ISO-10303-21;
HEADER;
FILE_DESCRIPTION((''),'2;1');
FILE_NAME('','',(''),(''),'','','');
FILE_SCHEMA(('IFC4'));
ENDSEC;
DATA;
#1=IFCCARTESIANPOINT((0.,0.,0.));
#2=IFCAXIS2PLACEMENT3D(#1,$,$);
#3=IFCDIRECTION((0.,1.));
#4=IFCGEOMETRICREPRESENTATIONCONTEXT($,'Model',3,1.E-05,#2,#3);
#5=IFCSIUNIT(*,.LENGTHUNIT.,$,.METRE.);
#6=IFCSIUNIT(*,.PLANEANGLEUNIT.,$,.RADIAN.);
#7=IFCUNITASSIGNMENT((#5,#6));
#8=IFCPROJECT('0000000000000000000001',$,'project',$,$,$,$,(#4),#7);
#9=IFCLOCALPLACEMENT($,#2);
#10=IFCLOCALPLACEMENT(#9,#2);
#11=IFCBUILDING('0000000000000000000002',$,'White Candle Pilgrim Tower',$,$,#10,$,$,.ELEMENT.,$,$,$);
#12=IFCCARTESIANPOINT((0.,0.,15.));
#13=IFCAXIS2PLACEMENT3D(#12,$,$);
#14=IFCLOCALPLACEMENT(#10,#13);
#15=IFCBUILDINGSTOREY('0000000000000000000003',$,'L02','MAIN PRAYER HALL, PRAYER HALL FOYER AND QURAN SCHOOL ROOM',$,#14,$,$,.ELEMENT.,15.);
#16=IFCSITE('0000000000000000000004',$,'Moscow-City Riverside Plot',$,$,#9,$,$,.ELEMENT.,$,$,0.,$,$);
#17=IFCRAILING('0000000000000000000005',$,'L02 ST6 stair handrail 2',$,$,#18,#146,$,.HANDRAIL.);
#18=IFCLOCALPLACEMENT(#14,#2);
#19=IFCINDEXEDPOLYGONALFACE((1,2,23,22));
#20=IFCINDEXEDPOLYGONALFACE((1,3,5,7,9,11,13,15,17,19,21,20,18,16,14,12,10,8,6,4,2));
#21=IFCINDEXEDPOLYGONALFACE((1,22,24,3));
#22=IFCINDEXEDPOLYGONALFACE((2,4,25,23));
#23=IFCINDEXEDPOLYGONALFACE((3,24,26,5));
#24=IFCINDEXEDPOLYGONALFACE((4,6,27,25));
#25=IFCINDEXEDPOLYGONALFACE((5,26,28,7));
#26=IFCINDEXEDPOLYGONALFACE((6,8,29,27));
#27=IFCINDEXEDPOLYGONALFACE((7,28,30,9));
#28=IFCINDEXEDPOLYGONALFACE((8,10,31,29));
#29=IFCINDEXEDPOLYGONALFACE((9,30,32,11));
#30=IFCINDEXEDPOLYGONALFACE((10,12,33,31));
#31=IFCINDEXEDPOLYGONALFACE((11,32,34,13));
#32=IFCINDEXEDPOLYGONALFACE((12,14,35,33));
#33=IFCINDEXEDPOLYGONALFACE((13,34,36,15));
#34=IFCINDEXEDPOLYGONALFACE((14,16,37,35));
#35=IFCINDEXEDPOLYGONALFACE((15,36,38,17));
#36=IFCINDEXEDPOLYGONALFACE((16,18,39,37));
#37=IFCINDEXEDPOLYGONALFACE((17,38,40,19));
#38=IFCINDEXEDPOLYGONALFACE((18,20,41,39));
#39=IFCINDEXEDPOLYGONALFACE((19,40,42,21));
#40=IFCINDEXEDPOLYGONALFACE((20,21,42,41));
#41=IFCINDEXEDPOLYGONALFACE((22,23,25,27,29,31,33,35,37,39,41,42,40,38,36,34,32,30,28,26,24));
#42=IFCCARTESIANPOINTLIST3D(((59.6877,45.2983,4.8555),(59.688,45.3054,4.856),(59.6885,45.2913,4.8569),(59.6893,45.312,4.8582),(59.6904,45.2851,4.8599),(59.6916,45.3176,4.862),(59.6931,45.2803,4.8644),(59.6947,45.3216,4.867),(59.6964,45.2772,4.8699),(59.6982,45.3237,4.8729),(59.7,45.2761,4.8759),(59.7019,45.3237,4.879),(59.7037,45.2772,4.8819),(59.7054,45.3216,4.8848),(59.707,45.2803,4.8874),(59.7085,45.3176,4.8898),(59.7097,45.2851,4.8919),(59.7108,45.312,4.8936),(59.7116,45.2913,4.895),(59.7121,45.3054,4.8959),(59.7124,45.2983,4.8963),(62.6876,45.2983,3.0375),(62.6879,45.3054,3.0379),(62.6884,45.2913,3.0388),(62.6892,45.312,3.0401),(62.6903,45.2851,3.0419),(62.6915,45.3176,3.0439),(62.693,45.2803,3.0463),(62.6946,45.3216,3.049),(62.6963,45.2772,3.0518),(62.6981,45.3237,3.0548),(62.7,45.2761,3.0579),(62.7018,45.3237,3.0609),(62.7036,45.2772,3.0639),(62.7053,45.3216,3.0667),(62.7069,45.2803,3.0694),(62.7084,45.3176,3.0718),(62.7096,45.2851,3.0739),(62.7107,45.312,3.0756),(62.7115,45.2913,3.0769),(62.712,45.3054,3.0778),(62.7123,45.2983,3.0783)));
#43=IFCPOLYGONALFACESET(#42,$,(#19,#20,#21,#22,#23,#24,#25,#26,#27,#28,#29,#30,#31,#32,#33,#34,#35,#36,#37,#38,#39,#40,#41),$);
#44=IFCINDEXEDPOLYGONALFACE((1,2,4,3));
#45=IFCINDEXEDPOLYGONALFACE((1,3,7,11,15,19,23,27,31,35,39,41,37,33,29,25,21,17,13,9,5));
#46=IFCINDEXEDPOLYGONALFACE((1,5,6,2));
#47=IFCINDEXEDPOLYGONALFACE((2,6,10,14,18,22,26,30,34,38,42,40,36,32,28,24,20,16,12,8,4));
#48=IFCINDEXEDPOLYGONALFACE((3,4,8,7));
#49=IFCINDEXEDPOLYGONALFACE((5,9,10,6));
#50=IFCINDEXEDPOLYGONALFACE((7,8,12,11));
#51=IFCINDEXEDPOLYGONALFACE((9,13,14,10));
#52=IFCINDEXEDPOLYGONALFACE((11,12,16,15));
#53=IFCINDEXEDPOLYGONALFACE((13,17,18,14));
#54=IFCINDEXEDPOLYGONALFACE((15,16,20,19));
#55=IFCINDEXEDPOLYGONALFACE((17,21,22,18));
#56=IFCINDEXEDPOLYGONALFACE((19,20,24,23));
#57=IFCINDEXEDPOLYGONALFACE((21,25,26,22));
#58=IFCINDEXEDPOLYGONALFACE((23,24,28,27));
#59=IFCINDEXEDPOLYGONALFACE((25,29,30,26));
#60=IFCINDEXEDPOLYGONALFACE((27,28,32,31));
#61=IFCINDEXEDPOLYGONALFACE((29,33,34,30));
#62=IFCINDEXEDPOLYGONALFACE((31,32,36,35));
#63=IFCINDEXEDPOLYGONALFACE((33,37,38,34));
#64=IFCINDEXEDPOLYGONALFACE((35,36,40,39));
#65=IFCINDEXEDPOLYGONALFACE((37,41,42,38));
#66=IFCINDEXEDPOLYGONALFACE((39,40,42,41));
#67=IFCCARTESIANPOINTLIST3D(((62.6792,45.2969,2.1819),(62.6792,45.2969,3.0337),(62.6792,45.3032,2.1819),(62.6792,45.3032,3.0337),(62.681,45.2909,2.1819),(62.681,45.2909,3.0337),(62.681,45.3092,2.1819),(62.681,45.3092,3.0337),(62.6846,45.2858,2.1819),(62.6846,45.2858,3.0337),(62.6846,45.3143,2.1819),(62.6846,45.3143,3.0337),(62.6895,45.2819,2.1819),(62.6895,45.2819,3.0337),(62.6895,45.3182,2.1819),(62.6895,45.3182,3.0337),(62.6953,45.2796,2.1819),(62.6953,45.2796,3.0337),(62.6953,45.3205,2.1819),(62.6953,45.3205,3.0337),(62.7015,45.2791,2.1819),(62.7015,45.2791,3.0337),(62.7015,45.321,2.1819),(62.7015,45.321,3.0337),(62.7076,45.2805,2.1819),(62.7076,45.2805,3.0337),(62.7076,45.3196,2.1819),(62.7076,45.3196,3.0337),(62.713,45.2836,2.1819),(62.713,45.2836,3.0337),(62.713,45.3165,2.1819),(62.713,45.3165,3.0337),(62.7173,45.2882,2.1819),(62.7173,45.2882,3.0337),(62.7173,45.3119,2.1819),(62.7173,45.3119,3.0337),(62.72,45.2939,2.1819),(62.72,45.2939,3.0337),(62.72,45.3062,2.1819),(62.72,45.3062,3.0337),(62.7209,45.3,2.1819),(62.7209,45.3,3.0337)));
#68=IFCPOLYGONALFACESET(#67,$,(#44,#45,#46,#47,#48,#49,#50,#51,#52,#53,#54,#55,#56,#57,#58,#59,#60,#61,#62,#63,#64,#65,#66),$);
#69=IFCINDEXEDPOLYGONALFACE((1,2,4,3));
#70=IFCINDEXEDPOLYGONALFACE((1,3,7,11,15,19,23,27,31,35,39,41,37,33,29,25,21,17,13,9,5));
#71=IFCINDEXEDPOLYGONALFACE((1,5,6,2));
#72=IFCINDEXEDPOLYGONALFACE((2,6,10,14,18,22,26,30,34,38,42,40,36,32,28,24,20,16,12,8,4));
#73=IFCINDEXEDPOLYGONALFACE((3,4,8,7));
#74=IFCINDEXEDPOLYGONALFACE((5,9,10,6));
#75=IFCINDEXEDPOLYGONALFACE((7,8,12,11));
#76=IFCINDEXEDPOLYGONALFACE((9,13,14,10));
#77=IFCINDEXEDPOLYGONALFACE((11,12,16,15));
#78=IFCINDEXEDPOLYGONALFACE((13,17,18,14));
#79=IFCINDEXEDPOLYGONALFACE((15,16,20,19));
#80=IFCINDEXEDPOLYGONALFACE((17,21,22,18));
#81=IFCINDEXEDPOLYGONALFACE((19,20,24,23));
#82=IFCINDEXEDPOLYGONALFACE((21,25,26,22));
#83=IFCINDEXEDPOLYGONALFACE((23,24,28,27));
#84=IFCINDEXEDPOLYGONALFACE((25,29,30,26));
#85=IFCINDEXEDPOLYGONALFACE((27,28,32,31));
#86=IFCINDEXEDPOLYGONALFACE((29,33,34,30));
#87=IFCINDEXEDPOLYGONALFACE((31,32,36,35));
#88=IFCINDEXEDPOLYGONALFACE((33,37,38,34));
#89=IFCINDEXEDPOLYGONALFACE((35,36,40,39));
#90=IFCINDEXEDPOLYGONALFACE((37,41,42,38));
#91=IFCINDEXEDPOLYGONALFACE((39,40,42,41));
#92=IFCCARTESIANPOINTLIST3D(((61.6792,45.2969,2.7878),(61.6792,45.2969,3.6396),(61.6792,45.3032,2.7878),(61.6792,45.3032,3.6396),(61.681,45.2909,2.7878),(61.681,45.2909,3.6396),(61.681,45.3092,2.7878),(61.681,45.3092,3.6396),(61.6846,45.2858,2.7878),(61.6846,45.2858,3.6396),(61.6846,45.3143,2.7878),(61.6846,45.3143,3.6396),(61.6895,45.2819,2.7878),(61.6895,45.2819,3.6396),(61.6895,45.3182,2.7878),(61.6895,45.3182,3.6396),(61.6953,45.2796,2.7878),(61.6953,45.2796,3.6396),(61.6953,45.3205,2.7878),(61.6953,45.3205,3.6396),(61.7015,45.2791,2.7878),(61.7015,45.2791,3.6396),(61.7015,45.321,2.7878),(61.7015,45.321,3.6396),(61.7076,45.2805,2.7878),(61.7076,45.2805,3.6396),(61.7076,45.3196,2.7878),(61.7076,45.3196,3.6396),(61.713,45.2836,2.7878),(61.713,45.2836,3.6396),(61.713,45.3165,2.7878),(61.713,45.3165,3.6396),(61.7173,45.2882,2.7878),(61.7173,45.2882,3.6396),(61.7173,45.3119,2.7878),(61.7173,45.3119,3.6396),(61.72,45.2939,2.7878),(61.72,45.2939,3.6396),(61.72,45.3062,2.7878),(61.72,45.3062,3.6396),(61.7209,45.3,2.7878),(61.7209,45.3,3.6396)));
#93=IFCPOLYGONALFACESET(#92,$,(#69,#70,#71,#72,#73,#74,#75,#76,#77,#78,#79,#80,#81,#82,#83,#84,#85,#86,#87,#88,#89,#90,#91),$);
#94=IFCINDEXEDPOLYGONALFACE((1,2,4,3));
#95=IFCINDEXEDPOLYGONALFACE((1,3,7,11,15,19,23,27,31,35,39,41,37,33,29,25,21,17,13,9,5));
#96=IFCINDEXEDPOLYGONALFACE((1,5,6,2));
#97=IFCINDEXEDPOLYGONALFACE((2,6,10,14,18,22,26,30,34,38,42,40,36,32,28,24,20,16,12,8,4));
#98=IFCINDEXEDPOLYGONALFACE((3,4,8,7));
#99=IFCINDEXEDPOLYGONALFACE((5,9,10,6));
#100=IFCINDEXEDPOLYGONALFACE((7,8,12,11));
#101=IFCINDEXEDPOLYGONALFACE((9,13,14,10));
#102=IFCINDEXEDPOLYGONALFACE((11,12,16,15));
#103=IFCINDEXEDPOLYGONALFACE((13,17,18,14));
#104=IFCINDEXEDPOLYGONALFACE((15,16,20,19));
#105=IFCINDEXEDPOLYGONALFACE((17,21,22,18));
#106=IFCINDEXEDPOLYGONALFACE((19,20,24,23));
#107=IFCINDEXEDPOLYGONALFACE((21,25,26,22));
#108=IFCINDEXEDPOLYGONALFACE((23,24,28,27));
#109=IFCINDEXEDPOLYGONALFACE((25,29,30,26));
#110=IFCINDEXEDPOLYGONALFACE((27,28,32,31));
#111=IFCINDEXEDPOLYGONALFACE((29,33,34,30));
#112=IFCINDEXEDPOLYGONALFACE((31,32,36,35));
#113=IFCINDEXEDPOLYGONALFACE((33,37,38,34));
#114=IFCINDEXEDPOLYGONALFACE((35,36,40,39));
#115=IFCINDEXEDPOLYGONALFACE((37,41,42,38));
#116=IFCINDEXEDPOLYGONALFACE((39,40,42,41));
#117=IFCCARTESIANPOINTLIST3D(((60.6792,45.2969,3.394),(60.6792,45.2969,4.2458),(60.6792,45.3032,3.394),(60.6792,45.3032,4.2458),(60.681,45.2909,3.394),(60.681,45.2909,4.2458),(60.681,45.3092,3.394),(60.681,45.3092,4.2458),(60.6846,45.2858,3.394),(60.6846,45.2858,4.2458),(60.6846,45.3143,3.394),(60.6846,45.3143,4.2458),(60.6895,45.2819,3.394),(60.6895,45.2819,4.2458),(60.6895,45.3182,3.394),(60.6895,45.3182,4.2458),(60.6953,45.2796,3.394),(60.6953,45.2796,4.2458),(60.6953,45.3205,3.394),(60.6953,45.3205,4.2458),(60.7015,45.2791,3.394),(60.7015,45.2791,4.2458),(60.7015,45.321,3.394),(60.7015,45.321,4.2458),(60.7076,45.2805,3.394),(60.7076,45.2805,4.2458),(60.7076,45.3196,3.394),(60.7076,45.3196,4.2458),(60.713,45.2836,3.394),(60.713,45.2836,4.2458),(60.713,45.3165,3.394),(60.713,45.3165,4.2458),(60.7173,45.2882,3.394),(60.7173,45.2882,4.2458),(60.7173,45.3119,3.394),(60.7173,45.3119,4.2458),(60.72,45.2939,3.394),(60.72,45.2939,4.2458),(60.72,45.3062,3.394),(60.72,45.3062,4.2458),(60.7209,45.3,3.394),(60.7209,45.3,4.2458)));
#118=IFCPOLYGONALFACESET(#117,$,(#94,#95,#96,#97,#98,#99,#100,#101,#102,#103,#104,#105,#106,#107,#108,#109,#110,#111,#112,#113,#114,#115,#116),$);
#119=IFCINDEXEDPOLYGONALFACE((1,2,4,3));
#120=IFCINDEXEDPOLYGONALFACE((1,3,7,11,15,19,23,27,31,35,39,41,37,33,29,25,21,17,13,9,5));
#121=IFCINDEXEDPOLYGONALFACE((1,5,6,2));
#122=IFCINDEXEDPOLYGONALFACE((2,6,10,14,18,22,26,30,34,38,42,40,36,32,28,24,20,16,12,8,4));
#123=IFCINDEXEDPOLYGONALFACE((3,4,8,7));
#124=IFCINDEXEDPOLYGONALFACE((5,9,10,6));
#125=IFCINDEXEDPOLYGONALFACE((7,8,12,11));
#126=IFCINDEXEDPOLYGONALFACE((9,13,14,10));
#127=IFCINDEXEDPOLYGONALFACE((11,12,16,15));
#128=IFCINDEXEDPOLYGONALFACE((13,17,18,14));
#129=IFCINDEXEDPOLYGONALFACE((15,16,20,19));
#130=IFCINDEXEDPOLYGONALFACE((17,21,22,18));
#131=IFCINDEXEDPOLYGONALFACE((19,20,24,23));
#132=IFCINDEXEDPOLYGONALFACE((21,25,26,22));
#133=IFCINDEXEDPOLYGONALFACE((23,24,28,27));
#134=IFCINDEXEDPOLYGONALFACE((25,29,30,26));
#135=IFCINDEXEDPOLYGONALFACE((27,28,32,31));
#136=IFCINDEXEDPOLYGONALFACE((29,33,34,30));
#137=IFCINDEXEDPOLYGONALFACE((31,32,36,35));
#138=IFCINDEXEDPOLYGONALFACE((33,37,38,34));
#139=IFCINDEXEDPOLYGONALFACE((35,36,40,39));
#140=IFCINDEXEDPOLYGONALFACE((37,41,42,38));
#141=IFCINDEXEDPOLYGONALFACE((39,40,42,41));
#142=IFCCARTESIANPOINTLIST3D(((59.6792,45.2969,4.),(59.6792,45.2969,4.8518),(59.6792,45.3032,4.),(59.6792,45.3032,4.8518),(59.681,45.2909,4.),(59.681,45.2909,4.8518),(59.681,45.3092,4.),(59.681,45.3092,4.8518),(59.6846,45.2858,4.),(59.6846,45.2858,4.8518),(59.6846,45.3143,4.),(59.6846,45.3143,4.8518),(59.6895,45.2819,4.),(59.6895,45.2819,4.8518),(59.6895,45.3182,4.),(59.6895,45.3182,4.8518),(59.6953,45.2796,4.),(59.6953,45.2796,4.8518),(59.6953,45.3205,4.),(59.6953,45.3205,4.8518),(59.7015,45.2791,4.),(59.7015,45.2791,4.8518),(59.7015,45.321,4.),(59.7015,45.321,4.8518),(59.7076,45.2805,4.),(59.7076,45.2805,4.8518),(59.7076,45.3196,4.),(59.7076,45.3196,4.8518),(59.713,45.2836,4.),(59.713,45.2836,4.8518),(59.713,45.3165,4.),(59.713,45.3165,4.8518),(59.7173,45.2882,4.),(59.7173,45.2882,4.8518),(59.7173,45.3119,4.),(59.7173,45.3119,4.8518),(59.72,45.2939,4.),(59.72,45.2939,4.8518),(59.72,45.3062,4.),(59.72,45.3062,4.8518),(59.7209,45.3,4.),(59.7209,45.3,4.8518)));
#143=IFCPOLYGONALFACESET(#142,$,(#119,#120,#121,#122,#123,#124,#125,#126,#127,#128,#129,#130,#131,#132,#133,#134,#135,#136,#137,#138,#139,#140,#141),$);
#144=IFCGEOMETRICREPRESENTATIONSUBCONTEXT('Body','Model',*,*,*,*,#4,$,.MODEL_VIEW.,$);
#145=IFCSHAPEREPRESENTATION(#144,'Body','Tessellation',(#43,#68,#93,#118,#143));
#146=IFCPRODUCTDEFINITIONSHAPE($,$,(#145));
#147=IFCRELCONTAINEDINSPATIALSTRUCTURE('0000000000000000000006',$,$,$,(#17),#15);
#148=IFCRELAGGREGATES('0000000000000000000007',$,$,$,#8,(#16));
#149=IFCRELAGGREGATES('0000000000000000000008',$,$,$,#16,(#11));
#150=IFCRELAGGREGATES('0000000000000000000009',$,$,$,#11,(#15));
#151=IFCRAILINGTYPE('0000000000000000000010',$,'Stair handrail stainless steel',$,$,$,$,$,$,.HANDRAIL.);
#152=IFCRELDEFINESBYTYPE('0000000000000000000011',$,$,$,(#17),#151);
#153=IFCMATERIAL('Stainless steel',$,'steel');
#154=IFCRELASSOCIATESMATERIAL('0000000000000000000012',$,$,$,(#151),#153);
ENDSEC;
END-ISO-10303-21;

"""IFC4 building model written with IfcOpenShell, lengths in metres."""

from ifc_helpers import new_model, si_unit, direction, frame, origin, origin_2d, place, context, subcontext, project, spatial, circle, extrude, material, type_object, element, save


model = new_model("IFC4")

# Units and contexts
model_context = context("Model", 3, precision=1e-05, world=origin(), true_north=direction((0.0, 1.0)))
body_context = subcontext(model_context, "Body", "Model", "MODEL_VIEW")
ifc_project = project(units=[si_unit("LENGTHUNIT", "METRE"), si_unit("PLANEANGLEUNIT", "RADIAN")], contexts=[model_context])

# Site, building, storey
site_placement = place(None, origin())
site = spatial("IfcSite", under=ifc_project, at=site_placement, Name="Moscow-City Riverside Plot", CompositionType="ELEMENT", RefElevation=0.0)
building_placement = place(site_placement, origin())
building = spatial("IfcBuilding", under=site, at=building_placement, Name="White Candle Pilgrim Tower", CompositionType="ELEMENT")
storey_placement = place(building_placement, frame((0.0, 0.0, 15.0)))
storey = spatial("IfcBuildingStorey", under=building, at=storey_placement, Name="L02", Description="MAIN PRAYER HALL, PRAYER HALL FOYER AND QURAN SCHOOL ROOM", CompositionType="ELEMENT", Elevation=15.0)

# Railing
ifc_material_1 = material(Name="Stainless steel", Category="steel")
railing_type_1 = type_object("IfcRailingType", Name="Stair handrail stainless steel", PredefinedType="HANDRAIL", material=ifc_material_1)
railing_1_placement = place(storey_placement, frame((62.7, 45.3, 2.1819)))
element("IfcRailing", 1, at=railing_1_placement, inside=storey, type_object=railing_type_1, Name="L02 ST6 stair handrail 2", PredefinedType="HANDRAIL", context=body_context, shape_type="SweptSolid", body=[
    extrude(circle(Radius=0.0239, at=origin_2d()), frame((0.0, 0.0, 0.876), z_axis=(-0.855206, 0.0, 0.518288), x_axis=(0.0, -1.0, 0.0)), (0.0, 0.0, 1.0), 3.5078),
    extrude(circle(Radius=0.021, at=origin_2d()), origin(), (0.0, 0.0, 1.0), 0.8518),
    extrude(circle(Radius=0.021, at=origin_2d()), frame((-1.0, 0.0, 0.606)), (0.0, 0.0, 1.0), 0.8518),
    extrude(circle(Radius=0.021, at=origin_2d()), frame((-2.0, 0.0, 1.2122)), (0.0, 0.0, 1.0), 0.8518),
    extrude(circle(Radius=0.021, at=origin_2d()), frame((-3.0, 0.0, 1.8181)), (0.0, 0.0, 1.0), 0.8518),
])

save(model, "model.ifc")
